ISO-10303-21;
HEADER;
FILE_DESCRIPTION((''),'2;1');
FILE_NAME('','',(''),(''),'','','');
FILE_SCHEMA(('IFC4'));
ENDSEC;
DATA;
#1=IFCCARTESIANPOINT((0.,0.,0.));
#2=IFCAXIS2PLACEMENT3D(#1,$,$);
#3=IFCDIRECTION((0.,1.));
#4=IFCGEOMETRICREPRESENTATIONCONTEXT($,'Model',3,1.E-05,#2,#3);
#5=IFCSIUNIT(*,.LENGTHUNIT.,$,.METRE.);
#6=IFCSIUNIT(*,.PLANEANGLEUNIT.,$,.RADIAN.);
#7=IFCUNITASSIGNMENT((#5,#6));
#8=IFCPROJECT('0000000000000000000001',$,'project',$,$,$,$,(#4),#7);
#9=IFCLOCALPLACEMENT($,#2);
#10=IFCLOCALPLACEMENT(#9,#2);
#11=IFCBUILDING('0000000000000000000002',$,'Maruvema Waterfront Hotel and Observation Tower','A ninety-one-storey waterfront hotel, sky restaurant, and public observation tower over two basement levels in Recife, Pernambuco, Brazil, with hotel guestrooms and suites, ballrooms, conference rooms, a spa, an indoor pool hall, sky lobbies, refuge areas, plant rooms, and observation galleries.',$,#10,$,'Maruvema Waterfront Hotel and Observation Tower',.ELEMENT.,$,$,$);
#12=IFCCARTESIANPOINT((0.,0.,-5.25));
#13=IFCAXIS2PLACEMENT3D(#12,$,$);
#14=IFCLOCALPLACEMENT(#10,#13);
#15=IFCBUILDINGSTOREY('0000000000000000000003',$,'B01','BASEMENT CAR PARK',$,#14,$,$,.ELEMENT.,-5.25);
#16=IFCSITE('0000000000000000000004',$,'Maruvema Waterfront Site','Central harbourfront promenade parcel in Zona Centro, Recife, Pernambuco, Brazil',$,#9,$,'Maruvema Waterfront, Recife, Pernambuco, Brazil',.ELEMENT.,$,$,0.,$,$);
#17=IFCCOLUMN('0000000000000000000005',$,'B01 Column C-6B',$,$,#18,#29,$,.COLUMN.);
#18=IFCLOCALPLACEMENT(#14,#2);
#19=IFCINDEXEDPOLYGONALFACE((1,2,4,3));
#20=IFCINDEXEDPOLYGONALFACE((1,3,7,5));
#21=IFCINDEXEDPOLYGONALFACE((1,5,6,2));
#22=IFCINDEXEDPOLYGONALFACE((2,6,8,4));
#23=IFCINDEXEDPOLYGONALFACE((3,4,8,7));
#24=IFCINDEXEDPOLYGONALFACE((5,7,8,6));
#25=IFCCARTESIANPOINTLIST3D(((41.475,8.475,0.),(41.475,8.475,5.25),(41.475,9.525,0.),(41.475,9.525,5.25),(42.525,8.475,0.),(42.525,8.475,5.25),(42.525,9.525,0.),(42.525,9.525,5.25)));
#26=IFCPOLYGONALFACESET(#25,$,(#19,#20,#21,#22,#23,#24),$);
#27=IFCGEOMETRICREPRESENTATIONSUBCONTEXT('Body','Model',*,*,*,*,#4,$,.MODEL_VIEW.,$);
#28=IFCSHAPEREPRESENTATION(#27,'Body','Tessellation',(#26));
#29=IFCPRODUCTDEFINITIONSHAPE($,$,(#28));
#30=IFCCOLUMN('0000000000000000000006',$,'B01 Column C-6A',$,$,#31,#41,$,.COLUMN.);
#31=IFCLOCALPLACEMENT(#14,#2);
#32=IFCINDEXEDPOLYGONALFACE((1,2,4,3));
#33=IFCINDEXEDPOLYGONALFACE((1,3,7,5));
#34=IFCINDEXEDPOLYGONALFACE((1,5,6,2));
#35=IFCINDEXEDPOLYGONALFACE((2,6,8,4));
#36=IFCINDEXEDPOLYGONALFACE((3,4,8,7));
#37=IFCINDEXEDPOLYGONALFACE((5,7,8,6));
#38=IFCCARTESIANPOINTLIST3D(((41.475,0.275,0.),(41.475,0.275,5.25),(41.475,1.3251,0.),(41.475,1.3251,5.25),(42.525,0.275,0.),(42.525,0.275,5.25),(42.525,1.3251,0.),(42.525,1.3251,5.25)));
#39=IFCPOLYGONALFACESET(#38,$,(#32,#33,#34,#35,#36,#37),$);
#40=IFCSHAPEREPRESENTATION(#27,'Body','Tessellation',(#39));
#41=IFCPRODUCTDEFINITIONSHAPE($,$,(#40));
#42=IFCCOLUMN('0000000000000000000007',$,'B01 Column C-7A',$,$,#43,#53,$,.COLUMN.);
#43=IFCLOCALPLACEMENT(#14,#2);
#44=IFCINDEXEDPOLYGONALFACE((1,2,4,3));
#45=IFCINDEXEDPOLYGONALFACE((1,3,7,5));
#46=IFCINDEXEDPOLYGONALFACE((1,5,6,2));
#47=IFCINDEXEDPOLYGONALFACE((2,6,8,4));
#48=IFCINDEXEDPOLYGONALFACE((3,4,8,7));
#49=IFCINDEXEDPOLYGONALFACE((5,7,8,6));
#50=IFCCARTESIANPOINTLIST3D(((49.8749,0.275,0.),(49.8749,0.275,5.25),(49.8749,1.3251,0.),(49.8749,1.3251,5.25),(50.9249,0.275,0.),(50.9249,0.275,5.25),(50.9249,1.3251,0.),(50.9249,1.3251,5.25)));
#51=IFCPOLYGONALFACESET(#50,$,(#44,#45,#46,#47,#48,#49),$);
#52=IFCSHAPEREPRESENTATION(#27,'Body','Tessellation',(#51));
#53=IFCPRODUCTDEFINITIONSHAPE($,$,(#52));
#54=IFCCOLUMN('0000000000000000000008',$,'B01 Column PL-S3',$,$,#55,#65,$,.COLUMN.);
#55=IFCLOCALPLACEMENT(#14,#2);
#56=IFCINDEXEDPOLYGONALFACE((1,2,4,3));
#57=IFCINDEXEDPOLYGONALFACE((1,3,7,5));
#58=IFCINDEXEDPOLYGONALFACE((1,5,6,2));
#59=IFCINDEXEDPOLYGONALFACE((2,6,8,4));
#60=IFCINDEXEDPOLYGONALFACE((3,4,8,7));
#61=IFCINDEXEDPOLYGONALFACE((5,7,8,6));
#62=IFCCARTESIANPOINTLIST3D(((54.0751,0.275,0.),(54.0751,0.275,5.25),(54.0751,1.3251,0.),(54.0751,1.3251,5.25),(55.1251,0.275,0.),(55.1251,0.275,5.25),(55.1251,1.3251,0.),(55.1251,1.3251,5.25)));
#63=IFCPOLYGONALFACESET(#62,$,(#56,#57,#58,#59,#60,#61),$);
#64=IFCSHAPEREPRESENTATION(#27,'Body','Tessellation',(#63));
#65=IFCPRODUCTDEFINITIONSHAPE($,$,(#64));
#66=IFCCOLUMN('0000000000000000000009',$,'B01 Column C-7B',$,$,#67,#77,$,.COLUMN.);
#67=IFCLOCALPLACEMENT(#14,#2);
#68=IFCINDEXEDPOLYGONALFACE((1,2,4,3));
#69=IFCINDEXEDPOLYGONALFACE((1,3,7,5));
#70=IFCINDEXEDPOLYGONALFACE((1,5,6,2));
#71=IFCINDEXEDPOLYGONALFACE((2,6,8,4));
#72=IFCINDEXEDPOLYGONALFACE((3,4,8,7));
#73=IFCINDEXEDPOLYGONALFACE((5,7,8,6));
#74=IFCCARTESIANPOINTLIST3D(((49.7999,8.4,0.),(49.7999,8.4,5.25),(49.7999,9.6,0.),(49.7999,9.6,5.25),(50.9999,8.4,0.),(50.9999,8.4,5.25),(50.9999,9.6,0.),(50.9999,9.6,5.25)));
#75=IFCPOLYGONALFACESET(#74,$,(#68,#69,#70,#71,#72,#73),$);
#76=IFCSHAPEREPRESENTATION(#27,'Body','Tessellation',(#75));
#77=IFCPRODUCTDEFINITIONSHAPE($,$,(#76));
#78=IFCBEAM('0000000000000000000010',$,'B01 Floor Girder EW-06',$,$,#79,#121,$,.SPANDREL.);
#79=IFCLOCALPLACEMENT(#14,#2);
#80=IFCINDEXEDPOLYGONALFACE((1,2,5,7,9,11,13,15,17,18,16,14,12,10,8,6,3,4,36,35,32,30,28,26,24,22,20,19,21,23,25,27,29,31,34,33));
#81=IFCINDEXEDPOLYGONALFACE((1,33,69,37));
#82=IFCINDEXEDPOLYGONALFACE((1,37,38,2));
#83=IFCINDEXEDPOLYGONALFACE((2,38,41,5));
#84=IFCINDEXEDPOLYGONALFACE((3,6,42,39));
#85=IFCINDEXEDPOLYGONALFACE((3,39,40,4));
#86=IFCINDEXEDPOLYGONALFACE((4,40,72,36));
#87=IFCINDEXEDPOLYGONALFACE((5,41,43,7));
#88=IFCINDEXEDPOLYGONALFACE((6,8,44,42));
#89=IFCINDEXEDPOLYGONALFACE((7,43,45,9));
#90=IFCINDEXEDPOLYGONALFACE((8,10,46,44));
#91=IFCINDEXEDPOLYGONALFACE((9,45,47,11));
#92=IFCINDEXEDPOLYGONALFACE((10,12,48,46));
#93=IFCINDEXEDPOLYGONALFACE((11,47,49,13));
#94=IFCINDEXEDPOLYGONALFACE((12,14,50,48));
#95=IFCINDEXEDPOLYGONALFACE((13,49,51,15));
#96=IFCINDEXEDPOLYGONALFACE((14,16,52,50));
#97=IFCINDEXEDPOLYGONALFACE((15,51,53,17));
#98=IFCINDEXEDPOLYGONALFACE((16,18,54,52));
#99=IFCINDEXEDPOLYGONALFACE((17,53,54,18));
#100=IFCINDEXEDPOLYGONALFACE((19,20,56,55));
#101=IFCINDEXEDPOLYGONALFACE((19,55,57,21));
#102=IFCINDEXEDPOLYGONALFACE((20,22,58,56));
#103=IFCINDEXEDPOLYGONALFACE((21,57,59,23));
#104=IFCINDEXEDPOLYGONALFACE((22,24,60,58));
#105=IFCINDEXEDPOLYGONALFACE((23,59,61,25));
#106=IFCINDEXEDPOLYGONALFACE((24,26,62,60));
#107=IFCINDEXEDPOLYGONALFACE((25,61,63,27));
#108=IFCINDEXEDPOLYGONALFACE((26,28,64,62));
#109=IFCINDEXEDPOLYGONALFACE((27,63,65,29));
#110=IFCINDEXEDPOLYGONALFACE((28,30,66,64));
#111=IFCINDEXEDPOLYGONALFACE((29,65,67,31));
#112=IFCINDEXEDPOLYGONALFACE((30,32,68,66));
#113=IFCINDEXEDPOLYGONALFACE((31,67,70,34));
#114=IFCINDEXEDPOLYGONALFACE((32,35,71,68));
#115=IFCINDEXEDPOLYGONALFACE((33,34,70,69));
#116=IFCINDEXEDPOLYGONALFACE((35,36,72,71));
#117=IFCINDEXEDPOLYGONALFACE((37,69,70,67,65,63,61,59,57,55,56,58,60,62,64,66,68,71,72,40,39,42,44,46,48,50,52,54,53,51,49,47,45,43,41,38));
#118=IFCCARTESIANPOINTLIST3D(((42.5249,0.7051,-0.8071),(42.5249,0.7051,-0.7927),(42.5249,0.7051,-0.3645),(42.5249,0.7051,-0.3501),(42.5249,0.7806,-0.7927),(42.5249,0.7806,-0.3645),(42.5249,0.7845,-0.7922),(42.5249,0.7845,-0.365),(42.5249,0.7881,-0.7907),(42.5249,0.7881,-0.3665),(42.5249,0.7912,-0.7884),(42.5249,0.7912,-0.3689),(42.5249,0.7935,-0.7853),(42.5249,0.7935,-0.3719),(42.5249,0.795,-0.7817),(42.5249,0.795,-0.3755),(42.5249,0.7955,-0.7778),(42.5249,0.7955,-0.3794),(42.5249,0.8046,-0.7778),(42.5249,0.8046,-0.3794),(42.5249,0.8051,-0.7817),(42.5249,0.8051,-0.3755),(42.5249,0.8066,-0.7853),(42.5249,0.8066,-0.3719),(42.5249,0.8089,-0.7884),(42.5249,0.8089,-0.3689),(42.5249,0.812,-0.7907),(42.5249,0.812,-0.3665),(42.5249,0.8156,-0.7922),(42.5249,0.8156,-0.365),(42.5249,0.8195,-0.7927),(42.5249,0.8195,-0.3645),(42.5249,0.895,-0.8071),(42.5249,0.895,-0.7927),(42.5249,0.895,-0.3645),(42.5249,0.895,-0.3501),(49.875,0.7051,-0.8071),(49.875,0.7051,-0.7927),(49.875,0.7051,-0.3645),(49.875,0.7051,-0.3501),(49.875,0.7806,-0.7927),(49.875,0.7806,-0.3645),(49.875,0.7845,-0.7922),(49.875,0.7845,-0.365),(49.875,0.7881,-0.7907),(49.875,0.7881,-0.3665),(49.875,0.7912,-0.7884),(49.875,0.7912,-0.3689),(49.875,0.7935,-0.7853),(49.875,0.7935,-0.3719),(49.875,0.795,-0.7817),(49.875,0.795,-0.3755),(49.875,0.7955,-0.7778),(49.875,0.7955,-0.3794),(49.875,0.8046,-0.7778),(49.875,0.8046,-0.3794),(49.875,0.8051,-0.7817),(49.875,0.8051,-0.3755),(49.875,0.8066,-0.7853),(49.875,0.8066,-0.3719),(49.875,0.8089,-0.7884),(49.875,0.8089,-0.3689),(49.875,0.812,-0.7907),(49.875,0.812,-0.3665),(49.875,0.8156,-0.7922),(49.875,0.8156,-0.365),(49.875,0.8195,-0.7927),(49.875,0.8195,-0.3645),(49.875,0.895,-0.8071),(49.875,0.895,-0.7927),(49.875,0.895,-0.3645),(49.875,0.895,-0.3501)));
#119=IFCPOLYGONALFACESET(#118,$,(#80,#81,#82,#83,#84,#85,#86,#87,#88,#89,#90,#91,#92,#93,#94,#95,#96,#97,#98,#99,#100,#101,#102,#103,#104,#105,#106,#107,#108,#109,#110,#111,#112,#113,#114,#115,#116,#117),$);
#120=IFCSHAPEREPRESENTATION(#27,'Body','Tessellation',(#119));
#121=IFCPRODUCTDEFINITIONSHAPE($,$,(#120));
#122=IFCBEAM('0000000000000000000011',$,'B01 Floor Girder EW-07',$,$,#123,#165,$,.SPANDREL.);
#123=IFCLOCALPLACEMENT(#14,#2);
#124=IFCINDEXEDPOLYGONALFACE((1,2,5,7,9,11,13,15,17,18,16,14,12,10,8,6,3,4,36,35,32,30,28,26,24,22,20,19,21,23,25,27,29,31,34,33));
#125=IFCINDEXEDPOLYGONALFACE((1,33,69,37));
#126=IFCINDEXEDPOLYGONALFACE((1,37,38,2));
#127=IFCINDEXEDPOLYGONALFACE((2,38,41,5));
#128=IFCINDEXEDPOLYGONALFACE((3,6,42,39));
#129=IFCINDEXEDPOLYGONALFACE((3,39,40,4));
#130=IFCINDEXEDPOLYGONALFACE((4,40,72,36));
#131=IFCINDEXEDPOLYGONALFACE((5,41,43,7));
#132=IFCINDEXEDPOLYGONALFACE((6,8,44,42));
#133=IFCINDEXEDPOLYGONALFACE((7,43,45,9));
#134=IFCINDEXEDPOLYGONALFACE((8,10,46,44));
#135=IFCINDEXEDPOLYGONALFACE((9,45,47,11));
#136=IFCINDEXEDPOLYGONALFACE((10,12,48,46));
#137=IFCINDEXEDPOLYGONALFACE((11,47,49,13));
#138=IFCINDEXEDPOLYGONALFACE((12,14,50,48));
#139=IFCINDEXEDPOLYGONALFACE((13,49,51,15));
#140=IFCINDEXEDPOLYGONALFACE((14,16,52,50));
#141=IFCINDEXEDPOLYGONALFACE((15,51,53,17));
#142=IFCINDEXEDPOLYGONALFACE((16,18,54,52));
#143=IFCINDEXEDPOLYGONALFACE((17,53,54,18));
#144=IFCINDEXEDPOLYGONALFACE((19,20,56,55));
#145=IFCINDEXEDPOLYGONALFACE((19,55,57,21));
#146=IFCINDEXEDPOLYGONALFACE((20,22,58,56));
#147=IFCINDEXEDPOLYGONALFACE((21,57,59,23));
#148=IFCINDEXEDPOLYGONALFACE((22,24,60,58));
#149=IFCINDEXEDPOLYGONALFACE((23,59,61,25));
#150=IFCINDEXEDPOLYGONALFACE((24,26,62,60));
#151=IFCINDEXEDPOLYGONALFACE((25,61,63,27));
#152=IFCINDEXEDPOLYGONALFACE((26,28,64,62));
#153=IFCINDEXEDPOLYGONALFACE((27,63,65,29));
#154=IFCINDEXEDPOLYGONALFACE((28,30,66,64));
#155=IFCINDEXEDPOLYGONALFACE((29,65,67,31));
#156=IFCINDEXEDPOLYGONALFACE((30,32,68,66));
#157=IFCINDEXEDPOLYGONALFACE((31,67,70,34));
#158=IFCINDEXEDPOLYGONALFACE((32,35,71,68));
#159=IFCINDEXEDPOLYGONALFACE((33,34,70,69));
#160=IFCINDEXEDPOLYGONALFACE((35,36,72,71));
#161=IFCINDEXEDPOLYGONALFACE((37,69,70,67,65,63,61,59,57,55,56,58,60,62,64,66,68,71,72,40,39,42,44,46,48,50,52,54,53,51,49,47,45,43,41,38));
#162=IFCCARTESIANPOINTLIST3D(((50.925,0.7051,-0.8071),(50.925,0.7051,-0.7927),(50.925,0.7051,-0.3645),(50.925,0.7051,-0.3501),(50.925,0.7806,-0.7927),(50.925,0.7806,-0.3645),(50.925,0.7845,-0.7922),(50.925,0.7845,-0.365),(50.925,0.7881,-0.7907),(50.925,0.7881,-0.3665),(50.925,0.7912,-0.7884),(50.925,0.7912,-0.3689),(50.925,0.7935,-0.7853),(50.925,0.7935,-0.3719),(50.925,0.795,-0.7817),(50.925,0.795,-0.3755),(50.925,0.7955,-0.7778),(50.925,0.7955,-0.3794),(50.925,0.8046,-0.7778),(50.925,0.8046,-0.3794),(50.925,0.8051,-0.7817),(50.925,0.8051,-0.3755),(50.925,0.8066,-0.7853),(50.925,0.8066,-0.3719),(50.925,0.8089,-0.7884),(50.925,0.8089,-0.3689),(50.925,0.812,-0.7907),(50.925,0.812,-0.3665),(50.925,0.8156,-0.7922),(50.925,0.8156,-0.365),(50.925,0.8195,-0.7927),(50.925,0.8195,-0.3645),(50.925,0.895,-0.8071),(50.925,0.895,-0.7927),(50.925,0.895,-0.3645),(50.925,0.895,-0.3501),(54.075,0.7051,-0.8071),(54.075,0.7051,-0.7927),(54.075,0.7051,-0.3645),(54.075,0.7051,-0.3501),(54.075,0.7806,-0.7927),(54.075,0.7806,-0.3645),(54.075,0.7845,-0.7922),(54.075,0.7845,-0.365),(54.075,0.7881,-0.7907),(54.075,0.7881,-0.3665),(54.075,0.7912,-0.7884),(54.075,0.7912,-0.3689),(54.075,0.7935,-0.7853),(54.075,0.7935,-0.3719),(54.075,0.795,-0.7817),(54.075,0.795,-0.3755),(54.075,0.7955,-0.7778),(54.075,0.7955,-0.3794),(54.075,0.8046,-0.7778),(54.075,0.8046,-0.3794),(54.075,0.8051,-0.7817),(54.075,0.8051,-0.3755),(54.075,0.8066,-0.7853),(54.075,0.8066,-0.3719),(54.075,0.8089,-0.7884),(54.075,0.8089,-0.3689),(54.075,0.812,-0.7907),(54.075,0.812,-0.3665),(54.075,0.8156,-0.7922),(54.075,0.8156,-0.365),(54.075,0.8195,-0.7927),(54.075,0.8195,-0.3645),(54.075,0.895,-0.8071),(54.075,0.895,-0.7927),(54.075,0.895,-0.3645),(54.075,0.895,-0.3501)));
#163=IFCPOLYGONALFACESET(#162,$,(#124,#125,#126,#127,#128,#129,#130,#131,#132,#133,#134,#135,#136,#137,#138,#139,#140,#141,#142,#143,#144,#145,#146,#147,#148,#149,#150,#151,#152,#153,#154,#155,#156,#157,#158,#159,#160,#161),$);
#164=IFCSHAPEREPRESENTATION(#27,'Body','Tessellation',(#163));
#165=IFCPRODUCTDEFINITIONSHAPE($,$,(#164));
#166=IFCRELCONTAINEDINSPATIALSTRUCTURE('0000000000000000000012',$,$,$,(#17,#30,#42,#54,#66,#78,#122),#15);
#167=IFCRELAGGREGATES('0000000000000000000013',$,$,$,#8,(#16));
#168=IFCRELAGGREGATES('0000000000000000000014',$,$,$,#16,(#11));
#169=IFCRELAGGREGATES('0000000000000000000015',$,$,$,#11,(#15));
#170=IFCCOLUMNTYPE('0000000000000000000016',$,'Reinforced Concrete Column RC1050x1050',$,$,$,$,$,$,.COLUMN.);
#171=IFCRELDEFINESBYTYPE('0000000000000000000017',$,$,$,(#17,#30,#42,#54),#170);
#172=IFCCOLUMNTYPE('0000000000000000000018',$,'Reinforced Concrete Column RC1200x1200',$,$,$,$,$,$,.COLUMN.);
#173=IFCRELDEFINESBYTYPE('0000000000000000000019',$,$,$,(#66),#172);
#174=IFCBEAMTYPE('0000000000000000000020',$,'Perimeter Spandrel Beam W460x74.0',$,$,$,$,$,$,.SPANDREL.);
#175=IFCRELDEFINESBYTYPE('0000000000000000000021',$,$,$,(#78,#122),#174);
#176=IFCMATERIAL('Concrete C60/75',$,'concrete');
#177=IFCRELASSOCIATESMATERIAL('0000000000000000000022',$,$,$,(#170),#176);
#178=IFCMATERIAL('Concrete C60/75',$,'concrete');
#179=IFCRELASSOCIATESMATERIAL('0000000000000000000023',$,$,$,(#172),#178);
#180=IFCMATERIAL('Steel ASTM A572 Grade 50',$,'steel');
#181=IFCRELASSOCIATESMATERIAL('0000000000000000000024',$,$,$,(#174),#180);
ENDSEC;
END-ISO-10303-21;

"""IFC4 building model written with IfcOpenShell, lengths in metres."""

from ifc_helpers import new_model, si_unit, direction, frame, origin, origin_2d, place, context, subcontext, project, spatial, rectangle, i_section, extrude, material, material_profile, profile_set, type_object, element, save


model = new_model("IFC4")

# Units and contexts
model_context = context("Model", 3, precision=1e-05, world=origin(), true_north=direction((0.0, 1.0)))
body_context = subcontext(model_context, "Body", "Model", "MODEL_VIEW")
ifc_project = project(units=[si_unit("LENGTHUNIT", "METRE"), si_unit("PLANEANGLEUNIT", "RADIAN")], contexts=[model_context])

# Site, building, storey
site_placement = place(None, origin())
site = spatial("IfcSite", under=ifc_project, at=site_placement, Name="Maruvema Waterfront Site", Description="Central harbourfront promenade parcel in Zona Centro, Recife, Pernambuco, Brazil", LongName="Maruvema Waterfront, Recife, Pernambuco, Brazil", CompositionType="ELEMENT", RefElevation=0.0)
building_placement = place(site_placement, origin())
building = spatial("IfcBuilding", under=site, at=building_placement, Name="Maruvema Waterfront Hotel and Observation Tower", Description="A ninety-one-storey waterfront hotel, sky restaurant, and public observation tower over two basement levels in Recife, Pernambuco, Brazil, with hotel guestrooms and suites, ballrooms, conference rooms, a spa, an indoor pool hall, sky lobbies, refuge areas, plant rooms, and observation galleries.", LongName="Maruvema Waterfront Hotel and Observation Tower", CompositionType="ELEMENT")
storey_placement = place(building_placement, frame((0.0, 0.0, -5.25)))
storey = spatial("IfcBuildingStorey", under=building, at=storey_placement, Name="B01", Description="BASEMENT CAR PARK", CompositionType="ELEMENT", Elevation=-5.25)

# Columns
ifc_material_1 = material(Name="Concrete C60/75", Category="concrete")
ifc_material_profile_1 = material_profile(ifc_material_1, rectangle(XDim=1.05, YDim=1.05, at=origin_2d()), Name="RC1050x1050")
ifc_profile_set_1 = profile_set([ifc_material_profile_1], Name="Concrete C60/75")
column_type_1 = type_object("IfcColumnType", Name="Reinforced Concrete Column RC1050x1050", PredefinedType="COLUMN", material=ifc_profile_set_1)
for number, where, z_axis, x_axis, name in (
    (1, (42.0, 9.0, 0.0), (0.0, 0.0, 1.0), (1.0, 0.0, 0.0), "B01 Column C-6B"),
    (2, (42.0, 0.8, 0.0), (0.0, 0.0, 1.0), (1.0, 0.0, 0.0), "B01 Column C-6A"),
    (3, (50.3999, 0.8, 0.0), (0.0, 0.0, 1.0), (1.0, 0.0, 0.0), "B01 Column C-7A"),
    (4, (54.6001, 0.8, 0.0), (0.0, 0.0, 1.0), (1.0, 0.0, 0.0), "B01 Column PL-S3"),
):
    element("IfcColumn", number, at=place(storey_placement, frame(where, z_axis=z_axis, x_axis=x_axis)), inside=storey, type_object=column_type_1, Name=name, PredefinedType="COLUMN", context=body_context, shape_type="SweptSolid", body=[
        extrude(rectangle(XDim=1.05, YDim=1.05, at=origin_2d()), origin(), (0.0, 0.0, 1.0), 5.25),
    ])
ifc_material_2 = material(Name="Concrete C60/75", Category="concrete")
ifc_material_profile_2 = material_profile(ifc_material_2, rectangle(XDim=1.2, YDim=1.2, at=origin_2d()), Name="RC1200x1200")
ifc_profile_set_2 = profile_set([ifc_material_profile_2], Name="Concrete C60/75")
column_type_2 = type_object("IfcColumnType", Name="Reinforced Concrete Column RC1200x1200", PredefinedType="COLUMN", material=ifc_profile_set_2)
column_placement = place(storey_placement, frame((50.3999, 9.0, 0.0), z_axis=(0.0, 0.0, 1.0), x_axis=(1.0, 0.0, 0.0)))
element("IfcColumn", 5, at=column_placement, inside=storey, type_object=column_type_2, Name="B01 Column C-7B", PredefinedType="COLUMN", context=body_context, shape_type="SweptSolid", body=[
    extrude(rectangle(XDim=1.2, YDim=1.2, at=origin_2d()), origin(), (0.0, 0.0, 1.0), 5.25),
])

# Beams
ifc_material_3 = material(Name="Steel ASTM A572 Grade 50", Category="steel")
ifc_material_profile_3 = material_profile(ifc_material_3, i_section(OverallWidth=0.1899, OverallDepth=0.457, WebThickness=0.009, FlangeThickness=0.0144, FilletRadius=0.0149, at=origin_2d()), Name="W460x74.0")
ifc_profile_set_3 = profile_set([ifc_material_profile_3], Name="Steel ASTM A572 Grade 50")
beam_type_1 = type_object("IfcBeamType", Name="Perimeter Spandrel Beam W460x74.0", PredefinedType="SPANDREL", material=ifc_profile_set_3)
beam_1_placement = place(storey_placement, frame((42.5249, 0.8, -0.5786), z_axis=(1.0, 0.0, 0.0), x_axis=(0.0, 1.0, 0.0)))
element("IfcBeam", 6, at=beam_1_placement, inside=storey, type_object=beam_type_1, Name="B01 Floor Girder EW-06", PredefinedType="SPANDREL", context=body_context, shape_type="SweptSolid", body=[
    extrude(i_section(OverallWidth=0.1899, OverallDepth=0.457, WebThickness=0.009, FlangeThickness=0.0144, FilletRadius=0.0149, at=origin_2d()), origin(), (0.0, 0.0, 1.0), 7.3501),
])
beam_2_placement = place(storey_placement, frame((50.925, 0.8, -0.5786), z_axis=(1.0, 0.0, 0.0), x_axis=(0.0, 1.0, 0.0)))
element("IfcBeam", 7, at=beam_2_placement, inside=storey, type_object=beam_type_1, Name="B01 Floor Girder EW-07", PredefinedType="SPANDREL", context=body_context, shape_type="SweptSolid", body=[
    extrude(i_section(OverallWidth=0.1899, OverallDepth=0.457, WebThickness=0.009, FlangeThickness=0.0144, FilletRadius=0.0149, at=origin_2d()), origin(), (0.0, 0.0, 1.0), 3.1499),
])

save(model, "model.ifc")
